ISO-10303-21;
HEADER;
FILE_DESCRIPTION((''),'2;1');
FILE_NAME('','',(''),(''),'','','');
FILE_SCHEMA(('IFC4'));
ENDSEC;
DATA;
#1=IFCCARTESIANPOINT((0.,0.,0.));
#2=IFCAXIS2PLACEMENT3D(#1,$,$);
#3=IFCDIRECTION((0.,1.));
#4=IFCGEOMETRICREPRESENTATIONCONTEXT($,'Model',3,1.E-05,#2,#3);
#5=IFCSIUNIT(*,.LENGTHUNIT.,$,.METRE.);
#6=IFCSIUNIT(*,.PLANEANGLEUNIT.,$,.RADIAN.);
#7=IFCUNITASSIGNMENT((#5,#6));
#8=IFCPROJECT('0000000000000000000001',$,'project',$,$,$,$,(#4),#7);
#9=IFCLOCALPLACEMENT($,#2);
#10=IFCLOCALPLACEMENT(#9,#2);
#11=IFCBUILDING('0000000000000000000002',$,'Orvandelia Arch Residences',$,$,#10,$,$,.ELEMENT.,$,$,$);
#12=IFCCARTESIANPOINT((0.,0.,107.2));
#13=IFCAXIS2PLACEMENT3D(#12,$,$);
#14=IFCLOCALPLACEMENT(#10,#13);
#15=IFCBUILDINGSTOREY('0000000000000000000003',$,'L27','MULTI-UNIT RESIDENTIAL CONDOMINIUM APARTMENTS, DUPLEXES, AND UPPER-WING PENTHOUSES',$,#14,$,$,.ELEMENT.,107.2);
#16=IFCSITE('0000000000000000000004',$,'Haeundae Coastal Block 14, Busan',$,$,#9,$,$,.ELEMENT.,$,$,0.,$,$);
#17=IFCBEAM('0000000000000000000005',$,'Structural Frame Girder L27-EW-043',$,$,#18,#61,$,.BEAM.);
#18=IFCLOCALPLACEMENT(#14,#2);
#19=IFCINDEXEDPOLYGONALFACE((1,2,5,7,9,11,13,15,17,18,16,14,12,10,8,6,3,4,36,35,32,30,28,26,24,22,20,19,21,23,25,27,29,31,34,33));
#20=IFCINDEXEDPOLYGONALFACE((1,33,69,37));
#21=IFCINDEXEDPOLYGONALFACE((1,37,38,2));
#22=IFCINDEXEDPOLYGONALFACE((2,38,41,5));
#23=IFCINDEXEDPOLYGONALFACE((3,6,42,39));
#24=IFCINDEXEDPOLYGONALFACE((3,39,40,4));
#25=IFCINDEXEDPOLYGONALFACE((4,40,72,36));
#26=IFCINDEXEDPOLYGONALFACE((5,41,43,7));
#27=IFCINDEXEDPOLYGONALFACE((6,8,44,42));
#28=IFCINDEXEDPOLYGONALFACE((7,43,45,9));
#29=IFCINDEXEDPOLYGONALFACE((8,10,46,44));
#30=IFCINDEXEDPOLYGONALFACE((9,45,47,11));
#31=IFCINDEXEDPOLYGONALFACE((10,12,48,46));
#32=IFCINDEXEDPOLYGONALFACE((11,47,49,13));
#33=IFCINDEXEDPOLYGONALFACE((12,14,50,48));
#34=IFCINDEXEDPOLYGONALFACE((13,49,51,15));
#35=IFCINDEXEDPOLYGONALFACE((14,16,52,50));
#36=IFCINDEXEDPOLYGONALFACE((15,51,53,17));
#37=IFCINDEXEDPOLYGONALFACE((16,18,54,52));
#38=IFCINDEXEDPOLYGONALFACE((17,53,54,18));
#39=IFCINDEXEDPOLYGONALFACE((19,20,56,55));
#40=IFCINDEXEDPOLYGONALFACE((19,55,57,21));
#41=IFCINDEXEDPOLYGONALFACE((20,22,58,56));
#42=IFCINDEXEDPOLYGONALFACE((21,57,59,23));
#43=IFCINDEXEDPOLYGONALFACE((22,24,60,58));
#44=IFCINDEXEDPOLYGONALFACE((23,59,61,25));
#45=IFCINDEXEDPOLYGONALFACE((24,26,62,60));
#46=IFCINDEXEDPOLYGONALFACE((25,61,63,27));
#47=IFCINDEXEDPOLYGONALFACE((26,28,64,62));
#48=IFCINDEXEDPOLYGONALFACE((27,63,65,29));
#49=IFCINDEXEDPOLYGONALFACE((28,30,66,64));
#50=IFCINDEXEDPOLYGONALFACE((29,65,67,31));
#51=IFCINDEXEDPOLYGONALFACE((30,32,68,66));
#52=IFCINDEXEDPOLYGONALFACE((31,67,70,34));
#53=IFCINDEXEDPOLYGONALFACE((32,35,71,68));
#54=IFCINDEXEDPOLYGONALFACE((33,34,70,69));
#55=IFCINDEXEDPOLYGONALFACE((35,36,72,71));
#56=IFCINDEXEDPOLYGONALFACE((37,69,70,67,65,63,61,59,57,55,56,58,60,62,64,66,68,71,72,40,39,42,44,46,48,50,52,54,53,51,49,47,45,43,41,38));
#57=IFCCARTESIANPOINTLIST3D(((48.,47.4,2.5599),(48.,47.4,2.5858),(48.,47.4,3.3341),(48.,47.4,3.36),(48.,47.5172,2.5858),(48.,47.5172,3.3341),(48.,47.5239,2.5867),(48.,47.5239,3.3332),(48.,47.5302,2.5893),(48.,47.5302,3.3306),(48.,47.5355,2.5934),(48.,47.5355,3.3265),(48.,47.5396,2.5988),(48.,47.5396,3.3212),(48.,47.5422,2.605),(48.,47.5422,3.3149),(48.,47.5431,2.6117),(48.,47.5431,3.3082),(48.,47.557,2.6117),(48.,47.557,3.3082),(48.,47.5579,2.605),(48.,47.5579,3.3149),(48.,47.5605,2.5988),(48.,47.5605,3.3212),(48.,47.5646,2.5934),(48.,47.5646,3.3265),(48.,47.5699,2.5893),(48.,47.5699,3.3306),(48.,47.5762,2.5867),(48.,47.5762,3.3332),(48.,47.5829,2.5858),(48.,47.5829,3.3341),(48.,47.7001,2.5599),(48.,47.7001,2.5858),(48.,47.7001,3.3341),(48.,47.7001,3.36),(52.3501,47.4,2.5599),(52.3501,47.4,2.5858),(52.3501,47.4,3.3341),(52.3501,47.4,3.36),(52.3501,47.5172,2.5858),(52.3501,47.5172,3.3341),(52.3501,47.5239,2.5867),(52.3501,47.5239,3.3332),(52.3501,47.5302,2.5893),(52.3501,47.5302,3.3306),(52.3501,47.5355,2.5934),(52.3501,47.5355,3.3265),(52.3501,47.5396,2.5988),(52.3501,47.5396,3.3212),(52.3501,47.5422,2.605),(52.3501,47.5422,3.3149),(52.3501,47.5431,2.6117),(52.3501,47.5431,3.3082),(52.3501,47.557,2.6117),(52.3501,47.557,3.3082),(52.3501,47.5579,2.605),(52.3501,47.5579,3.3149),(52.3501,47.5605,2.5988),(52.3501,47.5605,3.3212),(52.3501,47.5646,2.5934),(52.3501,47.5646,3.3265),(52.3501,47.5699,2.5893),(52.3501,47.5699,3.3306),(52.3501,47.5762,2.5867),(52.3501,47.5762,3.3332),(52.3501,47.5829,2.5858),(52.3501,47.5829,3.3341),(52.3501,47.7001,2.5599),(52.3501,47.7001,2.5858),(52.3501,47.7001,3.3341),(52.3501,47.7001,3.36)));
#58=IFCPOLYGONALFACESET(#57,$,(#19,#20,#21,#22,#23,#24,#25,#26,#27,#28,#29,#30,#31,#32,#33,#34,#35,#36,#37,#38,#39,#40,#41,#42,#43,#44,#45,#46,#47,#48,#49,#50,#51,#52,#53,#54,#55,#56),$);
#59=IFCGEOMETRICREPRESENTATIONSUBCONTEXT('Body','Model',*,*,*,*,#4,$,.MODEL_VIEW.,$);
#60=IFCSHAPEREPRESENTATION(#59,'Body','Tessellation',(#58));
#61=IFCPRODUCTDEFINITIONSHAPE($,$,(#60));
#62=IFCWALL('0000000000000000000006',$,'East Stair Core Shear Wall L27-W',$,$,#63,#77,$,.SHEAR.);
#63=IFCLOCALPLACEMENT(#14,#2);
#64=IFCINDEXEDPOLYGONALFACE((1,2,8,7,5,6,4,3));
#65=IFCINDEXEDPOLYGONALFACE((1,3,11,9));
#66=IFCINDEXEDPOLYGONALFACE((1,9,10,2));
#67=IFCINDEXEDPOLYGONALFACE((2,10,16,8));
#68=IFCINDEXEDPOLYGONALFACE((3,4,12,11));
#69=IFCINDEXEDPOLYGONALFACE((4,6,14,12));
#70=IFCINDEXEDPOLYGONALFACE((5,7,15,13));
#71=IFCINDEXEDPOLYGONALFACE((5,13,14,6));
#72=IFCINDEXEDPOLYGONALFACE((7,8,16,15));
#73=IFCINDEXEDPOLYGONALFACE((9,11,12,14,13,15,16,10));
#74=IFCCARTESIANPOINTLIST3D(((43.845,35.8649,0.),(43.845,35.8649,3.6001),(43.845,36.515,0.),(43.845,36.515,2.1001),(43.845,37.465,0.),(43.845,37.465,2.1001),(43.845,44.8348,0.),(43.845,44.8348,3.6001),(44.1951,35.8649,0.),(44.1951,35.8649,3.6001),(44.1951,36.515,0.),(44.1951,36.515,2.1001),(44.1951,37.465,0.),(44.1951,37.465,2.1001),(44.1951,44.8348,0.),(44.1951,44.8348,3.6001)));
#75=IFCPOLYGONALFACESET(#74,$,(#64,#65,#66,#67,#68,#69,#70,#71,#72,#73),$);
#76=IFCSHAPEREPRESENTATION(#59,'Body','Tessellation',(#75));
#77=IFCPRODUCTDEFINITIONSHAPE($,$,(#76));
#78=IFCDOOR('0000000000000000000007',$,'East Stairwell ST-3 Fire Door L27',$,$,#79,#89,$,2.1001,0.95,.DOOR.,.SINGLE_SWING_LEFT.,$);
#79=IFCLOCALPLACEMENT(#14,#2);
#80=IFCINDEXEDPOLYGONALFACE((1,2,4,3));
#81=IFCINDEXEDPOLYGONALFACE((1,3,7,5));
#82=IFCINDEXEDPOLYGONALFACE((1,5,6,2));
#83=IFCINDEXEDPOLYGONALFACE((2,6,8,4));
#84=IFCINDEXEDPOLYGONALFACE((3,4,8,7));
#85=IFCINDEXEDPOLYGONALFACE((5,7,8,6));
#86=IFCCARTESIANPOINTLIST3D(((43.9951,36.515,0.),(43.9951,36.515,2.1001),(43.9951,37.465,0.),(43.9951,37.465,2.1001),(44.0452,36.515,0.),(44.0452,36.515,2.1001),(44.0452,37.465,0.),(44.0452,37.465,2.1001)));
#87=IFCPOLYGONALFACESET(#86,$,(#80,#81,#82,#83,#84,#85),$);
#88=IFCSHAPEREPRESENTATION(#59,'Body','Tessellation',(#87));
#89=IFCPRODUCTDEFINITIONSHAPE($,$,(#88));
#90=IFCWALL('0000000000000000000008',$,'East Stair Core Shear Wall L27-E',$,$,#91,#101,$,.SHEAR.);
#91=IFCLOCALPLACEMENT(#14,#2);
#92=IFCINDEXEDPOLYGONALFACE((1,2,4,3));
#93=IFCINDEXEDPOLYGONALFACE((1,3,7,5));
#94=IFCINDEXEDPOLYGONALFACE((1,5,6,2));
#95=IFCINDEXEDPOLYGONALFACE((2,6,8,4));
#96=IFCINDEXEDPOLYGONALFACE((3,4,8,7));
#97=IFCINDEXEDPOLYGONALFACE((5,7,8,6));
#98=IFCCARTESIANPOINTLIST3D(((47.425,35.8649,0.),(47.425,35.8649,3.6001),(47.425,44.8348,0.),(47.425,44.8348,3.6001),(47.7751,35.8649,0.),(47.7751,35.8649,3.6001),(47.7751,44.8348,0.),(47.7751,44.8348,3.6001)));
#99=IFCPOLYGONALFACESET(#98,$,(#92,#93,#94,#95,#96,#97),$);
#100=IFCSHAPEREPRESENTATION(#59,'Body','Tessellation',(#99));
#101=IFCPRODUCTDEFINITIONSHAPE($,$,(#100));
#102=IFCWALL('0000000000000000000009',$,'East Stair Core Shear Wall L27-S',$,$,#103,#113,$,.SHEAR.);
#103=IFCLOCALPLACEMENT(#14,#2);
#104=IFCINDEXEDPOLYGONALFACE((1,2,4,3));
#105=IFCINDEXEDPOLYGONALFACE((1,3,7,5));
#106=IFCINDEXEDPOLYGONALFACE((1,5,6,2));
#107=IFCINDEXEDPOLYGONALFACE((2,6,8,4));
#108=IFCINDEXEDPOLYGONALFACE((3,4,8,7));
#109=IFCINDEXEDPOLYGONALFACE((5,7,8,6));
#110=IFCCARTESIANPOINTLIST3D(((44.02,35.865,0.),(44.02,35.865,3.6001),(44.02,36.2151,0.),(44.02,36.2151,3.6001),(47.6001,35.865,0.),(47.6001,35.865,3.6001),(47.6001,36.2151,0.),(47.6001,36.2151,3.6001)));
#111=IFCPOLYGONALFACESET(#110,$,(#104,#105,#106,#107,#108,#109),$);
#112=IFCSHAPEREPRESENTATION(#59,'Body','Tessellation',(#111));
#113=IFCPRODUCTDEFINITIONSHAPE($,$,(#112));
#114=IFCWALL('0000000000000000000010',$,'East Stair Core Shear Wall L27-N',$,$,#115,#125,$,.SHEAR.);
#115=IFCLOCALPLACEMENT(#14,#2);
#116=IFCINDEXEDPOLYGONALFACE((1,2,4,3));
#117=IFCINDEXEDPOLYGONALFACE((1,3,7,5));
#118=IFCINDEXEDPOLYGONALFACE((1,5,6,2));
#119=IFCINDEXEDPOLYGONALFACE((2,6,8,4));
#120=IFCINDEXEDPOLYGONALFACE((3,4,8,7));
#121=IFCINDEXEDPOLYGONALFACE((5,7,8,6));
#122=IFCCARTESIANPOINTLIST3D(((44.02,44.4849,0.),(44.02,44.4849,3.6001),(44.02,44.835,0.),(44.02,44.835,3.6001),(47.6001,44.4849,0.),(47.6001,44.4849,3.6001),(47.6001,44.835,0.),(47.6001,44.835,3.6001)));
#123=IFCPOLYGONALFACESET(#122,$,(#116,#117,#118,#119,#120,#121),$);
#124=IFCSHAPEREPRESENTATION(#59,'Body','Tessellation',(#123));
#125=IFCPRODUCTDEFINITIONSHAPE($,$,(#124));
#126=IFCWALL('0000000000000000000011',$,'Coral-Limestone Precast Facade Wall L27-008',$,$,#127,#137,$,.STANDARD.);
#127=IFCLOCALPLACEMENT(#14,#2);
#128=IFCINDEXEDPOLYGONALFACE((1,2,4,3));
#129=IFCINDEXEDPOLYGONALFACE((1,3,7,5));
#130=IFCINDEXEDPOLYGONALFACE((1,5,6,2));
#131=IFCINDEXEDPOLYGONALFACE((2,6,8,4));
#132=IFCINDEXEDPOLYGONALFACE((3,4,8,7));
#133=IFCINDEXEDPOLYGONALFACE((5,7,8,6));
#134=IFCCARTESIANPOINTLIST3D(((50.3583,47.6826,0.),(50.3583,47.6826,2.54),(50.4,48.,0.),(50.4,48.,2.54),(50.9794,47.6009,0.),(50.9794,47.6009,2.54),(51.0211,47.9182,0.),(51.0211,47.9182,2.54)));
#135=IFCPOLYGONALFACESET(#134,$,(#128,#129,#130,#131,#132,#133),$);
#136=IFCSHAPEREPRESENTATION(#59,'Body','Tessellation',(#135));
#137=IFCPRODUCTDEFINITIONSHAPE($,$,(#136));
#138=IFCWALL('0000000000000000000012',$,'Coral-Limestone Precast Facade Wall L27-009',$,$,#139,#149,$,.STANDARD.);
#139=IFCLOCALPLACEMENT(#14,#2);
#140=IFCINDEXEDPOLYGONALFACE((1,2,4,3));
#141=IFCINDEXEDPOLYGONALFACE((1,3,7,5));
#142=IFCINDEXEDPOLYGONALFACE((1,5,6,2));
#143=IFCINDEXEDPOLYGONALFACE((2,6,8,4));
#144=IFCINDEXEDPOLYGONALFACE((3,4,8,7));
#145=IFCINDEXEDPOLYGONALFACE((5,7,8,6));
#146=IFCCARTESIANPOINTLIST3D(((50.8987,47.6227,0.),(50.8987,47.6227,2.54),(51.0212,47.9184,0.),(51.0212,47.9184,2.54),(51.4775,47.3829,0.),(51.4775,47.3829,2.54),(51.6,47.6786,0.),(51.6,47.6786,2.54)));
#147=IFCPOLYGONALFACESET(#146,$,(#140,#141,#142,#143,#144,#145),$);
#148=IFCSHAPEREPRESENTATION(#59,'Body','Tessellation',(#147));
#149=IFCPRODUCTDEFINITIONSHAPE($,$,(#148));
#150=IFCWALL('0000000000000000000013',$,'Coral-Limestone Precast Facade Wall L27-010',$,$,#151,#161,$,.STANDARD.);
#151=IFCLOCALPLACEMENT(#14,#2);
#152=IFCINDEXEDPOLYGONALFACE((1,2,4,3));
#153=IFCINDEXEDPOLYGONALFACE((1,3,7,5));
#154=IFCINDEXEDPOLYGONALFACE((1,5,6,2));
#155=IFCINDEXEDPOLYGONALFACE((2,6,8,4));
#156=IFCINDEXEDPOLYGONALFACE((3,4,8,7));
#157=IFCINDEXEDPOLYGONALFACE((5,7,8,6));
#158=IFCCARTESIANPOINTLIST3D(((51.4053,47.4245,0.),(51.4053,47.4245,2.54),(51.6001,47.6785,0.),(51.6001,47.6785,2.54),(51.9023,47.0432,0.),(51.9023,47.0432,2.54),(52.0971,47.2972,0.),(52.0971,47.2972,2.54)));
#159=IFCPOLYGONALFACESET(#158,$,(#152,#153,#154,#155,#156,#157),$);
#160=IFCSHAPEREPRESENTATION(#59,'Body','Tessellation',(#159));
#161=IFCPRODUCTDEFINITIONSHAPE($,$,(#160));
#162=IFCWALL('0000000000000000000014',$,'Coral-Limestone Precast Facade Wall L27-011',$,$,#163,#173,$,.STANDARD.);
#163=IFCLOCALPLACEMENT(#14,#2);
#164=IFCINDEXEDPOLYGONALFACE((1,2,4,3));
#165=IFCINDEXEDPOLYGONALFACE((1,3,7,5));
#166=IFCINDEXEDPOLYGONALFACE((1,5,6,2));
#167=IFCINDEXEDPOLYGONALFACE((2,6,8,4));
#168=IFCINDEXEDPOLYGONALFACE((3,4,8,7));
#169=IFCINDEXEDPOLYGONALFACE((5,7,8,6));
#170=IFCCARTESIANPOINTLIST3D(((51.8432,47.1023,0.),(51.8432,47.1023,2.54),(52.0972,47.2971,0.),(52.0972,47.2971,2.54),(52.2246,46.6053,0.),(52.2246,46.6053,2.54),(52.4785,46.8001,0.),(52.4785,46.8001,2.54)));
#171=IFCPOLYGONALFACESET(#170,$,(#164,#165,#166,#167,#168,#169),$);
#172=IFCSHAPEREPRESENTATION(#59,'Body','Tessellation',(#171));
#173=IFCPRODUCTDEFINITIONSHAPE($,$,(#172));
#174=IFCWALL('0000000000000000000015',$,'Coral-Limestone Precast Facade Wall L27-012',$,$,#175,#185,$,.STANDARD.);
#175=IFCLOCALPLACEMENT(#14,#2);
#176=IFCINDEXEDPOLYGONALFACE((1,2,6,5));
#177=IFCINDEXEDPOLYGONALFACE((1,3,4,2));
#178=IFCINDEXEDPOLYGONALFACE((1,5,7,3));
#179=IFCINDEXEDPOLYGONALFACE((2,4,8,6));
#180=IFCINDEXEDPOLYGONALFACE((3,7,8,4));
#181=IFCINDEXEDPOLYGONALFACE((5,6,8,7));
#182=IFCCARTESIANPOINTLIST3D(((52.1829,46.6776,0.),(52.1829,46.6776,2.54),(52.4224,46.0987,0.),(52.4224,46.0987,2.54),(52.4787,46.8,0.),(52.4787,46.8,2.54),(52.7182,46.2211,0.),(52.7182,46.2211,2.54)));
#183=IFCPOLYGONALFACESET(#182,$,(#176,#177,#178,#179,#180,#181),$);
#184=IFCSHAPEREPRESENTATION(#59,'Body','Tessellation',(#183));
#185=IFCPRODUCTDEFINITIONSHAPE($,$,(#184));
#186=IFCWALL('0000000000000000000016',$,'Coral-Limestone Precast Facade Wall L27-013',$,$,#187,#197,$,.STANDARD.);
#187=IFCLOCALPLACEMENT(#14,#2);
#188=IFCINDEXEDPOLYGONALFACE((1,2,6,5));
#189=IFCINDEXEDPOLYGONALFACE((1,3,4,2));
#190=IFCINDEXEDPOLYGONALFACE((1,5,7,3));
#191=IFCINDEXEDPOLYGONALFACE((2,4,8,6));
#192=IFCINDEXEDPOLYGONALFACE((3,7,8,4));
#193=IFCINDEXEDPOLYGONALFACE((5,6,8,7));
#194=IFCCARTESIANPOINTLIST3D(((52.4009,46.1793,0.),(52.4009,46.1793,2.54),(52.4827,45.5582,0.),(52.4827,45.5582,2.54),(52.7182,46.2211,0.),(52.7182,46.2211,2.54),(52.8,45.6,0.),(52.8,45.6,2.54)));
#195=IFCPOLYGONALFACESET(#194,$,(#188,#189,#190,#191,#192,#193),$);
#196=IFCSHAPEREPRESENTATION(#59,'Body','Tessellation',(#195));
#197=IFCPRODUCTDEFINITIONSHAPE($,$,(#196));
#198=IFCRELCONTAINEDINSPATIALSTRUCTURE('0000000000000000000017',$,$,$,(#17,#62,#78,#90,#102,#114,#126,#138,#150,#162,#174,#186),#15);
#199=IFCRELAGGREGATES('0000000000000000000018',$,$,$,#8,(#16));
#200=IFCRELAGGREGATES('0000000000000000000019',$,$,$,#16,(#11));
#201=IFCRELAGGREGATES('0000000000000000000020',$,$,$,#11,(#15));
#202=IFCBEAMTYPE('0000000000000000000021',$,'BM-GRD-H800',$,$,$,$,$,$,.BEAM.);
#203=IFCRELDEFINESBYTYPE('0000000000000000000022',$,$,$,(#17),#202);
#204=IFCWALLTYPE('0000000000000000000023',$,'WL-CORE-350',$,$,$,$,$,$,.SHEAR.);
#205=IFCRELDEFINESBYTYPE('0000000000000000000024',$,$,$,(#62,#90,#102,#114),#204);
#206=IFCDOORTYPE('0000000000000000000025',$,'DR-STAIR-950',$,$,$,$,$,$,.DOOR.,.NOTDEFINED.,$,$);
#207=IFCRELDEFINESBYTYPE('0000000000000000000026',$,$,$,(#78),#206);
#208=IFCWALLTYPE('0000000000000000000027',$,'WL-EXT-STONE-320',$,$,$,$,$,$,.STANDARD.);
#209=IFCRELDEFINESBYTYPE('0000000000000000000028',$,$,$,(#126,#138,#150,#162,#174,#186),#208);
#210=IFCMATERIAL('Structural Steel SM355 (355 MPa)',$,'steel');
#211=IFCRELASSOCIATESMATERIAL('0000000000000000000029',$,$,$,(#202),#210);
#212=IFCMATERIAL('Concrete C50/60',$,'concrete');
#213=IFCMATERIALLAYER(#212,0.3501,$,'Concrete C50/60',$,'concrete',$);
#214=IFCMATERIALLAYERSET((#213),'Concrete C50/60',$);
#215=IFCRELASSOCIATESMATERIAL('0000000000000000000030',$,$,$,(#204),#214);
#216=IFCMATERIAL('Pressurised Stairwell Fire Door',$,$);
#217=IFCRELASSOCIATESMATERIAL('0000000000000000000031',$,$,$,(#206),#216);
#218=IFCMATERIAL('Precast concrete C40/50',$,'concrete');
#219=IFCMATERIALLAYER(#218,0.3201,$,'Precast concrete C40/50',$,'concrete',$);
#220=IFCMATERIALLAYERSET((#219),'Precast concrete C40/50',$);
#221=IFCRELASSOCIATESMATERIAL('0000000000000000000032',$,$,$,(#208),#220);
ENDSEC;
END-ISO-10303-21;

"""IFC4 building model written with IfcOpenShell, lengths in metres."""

from ifc_helpers import new_model, si_unit, direction, frame, frame_2d, origin, origin_2d, place, context, subcontext, project, spatial, rectangle, i_section, extrude, material, layer, layer_set, material_profile, profile_set, type_object, element, fill, save


model = new_model("IFC4")

# Units and contexts
model_context = context("Model", 3, precision=1e-05, world=origin(), true_north=direction((0.0, 1.0)))
body_context = subcontext(model_context, "Body", "Model", "MODEL_VIEW")
ifc_project = project(units=[si_unit("LENGTHUNIT", "METRE"), si_unit("PLANEANGLEUNIT", "RADIAN")], contexts=[model_context])

# Site, building, storey
site_placement = place(None, origin())
site = spatial("IfcSite", under=ifc_project, at=site_placement, Name="Haeundae Coastal Block 14, Busan", CompositionType="ELEMENT", RefElevation=0.0)
building_placement = place(site_placement, origin())
building = spatial("IfcBuilding", under=site, at=building_placement, Name="Orvandelia Arch Residences", CompositionType="ELEMENT")
storey_placement = place(building_placement, frame((0.0, 0.0, 107.2)))
storey = spatial("IfcBuildingStorey", under=building, at=storey_placement, Name="L27", Description="MULTI-UNIT RESIDENTIAL CONDOMINIUM APARTMENTS, DUPLEXES, AND UPPER-WING PENTHOUSES", CompositionType="ELEMENT", Elevation=107.2)

# Beam
ifc_material_1 = material(Name="Structural Steel SM355 (355 MPa)", Category="steel")
ifc_material_profile_1 = material_profile(ifc_material_1, i_section(OverallWidth=0.3, OverallDepth=0.8, WebThickness=0.0139, FlangeThickness=0.0259, FilletRadius=0.0259, at=origin_2d()), Name="Structural Steel SM355 (355 MPa)", Category="steel")
ifc_profile_set_1 = profile_set([ifc_material_profile_1], Name="Structural Steel SM355 (355 MPa)")
beam_type = type_object("IfcBeamType", Name="BM-GRD-H800", PredefinedType="BEAM", material=ifc_profile_set_1)
beam_1_placement = place(storey_placement, frame((48.0, 47.55, 2.96), z_axis=(1.0, 0.0, 0.0), x_axis=(0.0, 1.0, 0.0)))
element("IfcBeam", 1, at=beam_1_placement, inside=storey, type_object=beam_type, Name="Structural Frame Girder L27-EW-043", PredefinedType="BEAM", context=body_context, shape_type="SweptSolid", body=[
    extrude(i_section(OverallWidth=0.3, OverallDepth=0.8, WebThickness=0.0139, FlangeThickness=0.0259, FilletRadius=0.0259, at=origin_2d()), origin(), (0.0, 0.0, 1.0), 4.3501),
])

# Wall, opening, door
ifc_material_2 = material(Name="Concrete C50/60", Category="concrete")
ifc_layer_1 = layer(ifc_material_2, 0.3501, Name="Concrete C50/60", Category="concrete")
ifc_layer_set_1 = layer_set([ifc_layer_1], Name="Concrete C50/60")
wall_type_1 = type_object("IfcWallType", Name="WL-CORE-350", PredefinedType="SHEAR", material=ifc_layer_set_1)
wall_1_placement = place(storey_placement, frame((44.02, 35.865, 0.0), z_axis=(0.0, 0.0, 1.0), x_axis=(0.0, 1.0, 0.0)))
wall_1 = element("IfcWall", 2, at=wall_1_placement, inside=storey, type_object=wall_type_1, Name="East Stair Core Shear Wall L27-W", PredefinedType="SHEAR", context=body_context, shape_type="SweptSolid", body=[
    extrude(rectangle(XDim=8.97, YDim=0.3501, at=frame_2d((4.4849, 0.0))), origin(), (0.0, 0.0, 1.0), 3.6001),
])
opening_1_placement = place(wall_1_placement, frame((0.6499, 0.0, 0.0)))
opening_1 = element("IfcOpeningElement", 3, at=opening_1_placement, cuts=wall_1, PredefinedType="OPENING", context=body_context, shape_type="SweptSolid", body=[
    extrude(rectangle(XDim=0.95, YDim=2.1001, at=frame_2d((0.4751, 1.05))), frame((0.0, 0.1851, 0.0), z_axis=(0.0, -1.0, 0.0), x_axis=(1.0, 0.0, 0.0)), (0.0, 0.0, 1.0), 0.3701),
])
ifc_material_3 = material(Name="Pressurised Stairwell Fire Door")
door_type_1 = type_object("IfcDoorType", Name="DR-STAIR-950", OperationType="NOTDEFINED", PredefinedType="DOOR", material=ifc_material_3)
door_1_placement = place(opening_1_placement, origin())
door_1 = element("IfcDoor", 4, at=door_1_placement, inside=storey, type_object=door_type_1, Name="East Stairwell ST-3 Fire Door L27", OperationType="SINGLE_SWING_LEFT", OverallHeight=2.1001, OverallWidth=0.95, PredefinedType="DOOR", context=body_context, shape_type="SweptSolid", body=[
    extrude(rectangle(XDim=0.95, YDim=2.1001, at=frame_2d((0.4751, 1.05))), frame((0.0, 0.0249, 0.0), z_axis=(0.0, -1.0, 0.0), x_axis=(1.0, 0.0, 0.0)), (0.0, 0.0, 1.0), 0.05),
])
fill(opening_1, door_1)

# Walls
wall_2_placement = place(storey_placement, frame((47.6001, 35.865, 0.0), z_axis=(0.0, 0.0, 1.0), x_axis=(0.0, 1.0, 0.0)))
element("IfcWall", 5, at=wall_2_placement, inside=storey, type_object=wall_type_1, Name="East Stair Core Shear Wall L27-E", PredefinedType="SHEAR", context=body_context, shape_type="SweptSolid", body=[
    extrude(rectangle(XDim=8.97, YDim=0.3501, at=frame_2d((4.4849, 0.0))), origin(), (0.0, 0.0, 1.0), 3.6001),
])
for number, where, z_axis, x_axis, name in (
    (6, (44.02, 36.04, 0.0), (0.0, 0.0, 1.0), (1.0, 0.0, 0.0), "East Stair Core Shear Wall L27-S"),
    (7, (44.02, 44.6599, 0.0), (0.0, 0.0, 1.0), (1.0, 0.0, 0.0), "East Stair Core Shear Wall L27-N"),
):
    element("IfcWall", number, at=place(storey_placement, frame(where, z_axis=z_axis, x_axis=x_axis)), inside=storey, type_object=wall_type_1, Name=name, PredefinedType="SHEAR", context=body_context, shape_type="SweptSolid", body=[
        extrude(rectangle(XDim=3.5801, YDim=0.3501, at=frame_2d((1.79, 0.0))), origin(), (0.0, 0.0, 1.0), 3.6001),
    ])

# Walls
ifc_material_4 = material(Name="Precast concrete C40/50", Category="concrete")
ifc_layer_2 = layer(ifc_material_4, 0.3201, Name="Precast concrete C40/50", Category="concrete")
ifc_layer_set_2 = layer_set([ifc_layer_2], Name="Precast concrete C40/50")
wall_type_2 = type_object("IfcWallType", Name="WL-EXT-STONE-320", PredefinedType="STANDARD", material=ifc_layer_set_2)
for number, where, z_axis, x_axis, name in (
    (8, (50.3792, 47.8413, 0.0), (0.0, 0.0, 1.0), (0.991441, -0.130555, 0.0), "Coral-Limestone Precast Facade Wall L27-008"),
    (9, (50.96, 47.7705, 0.0), (0.0, 0.0, 1.0), (0.923893, -0.38265, 0.0), "Coral-Limestone Precast Facade Wall L27-009"),
    (10, (51.5027, 47.5515, 0.0), (0.0, 0.0, 1.0), (0.793406, -0.608693, 0.0), "Coral-Limestone Precast Facade Wall L27-010"),
    (11, (51.9702, 47.1997, 0.0), (0.0, 0.0, 1.0), (0.608693, -0.793406, 0.0), "Coral-Limestone Precast Facade Wall L27-011"),
    (12, (52.3308, 46.7388, 0.0), (0.0, 0.0, 1.0), (0.382317, -0.924031, 0.0), "Coral-Limestone Precast Facade Wall L27-012"),
    (13, (52.5596, 46.2002, 0.0), (0.0, 0.0, 1.0), (0.130555, -0.991441, 0.0), "Coral-Limestone Precast Facade Wall L27-013"),
):
    element("IfcWall", number, at=place(storey_placement, frame(where, z_axis=z_axis, x_axis=x_axis)), inside=storey, type_object=wall_type_2, Name=name, PredefinedType="STANDARD", context=body_context, shape_type="SweptSolid", body=[
        extrude(rectangle(XDim=0.6265, YDim=0.3201, at=frame_2d((0.3132, 0.0))), origin(), (0.0, 0.0, 1.0), 2.54),
    ])

save(model, "model.ifc")
